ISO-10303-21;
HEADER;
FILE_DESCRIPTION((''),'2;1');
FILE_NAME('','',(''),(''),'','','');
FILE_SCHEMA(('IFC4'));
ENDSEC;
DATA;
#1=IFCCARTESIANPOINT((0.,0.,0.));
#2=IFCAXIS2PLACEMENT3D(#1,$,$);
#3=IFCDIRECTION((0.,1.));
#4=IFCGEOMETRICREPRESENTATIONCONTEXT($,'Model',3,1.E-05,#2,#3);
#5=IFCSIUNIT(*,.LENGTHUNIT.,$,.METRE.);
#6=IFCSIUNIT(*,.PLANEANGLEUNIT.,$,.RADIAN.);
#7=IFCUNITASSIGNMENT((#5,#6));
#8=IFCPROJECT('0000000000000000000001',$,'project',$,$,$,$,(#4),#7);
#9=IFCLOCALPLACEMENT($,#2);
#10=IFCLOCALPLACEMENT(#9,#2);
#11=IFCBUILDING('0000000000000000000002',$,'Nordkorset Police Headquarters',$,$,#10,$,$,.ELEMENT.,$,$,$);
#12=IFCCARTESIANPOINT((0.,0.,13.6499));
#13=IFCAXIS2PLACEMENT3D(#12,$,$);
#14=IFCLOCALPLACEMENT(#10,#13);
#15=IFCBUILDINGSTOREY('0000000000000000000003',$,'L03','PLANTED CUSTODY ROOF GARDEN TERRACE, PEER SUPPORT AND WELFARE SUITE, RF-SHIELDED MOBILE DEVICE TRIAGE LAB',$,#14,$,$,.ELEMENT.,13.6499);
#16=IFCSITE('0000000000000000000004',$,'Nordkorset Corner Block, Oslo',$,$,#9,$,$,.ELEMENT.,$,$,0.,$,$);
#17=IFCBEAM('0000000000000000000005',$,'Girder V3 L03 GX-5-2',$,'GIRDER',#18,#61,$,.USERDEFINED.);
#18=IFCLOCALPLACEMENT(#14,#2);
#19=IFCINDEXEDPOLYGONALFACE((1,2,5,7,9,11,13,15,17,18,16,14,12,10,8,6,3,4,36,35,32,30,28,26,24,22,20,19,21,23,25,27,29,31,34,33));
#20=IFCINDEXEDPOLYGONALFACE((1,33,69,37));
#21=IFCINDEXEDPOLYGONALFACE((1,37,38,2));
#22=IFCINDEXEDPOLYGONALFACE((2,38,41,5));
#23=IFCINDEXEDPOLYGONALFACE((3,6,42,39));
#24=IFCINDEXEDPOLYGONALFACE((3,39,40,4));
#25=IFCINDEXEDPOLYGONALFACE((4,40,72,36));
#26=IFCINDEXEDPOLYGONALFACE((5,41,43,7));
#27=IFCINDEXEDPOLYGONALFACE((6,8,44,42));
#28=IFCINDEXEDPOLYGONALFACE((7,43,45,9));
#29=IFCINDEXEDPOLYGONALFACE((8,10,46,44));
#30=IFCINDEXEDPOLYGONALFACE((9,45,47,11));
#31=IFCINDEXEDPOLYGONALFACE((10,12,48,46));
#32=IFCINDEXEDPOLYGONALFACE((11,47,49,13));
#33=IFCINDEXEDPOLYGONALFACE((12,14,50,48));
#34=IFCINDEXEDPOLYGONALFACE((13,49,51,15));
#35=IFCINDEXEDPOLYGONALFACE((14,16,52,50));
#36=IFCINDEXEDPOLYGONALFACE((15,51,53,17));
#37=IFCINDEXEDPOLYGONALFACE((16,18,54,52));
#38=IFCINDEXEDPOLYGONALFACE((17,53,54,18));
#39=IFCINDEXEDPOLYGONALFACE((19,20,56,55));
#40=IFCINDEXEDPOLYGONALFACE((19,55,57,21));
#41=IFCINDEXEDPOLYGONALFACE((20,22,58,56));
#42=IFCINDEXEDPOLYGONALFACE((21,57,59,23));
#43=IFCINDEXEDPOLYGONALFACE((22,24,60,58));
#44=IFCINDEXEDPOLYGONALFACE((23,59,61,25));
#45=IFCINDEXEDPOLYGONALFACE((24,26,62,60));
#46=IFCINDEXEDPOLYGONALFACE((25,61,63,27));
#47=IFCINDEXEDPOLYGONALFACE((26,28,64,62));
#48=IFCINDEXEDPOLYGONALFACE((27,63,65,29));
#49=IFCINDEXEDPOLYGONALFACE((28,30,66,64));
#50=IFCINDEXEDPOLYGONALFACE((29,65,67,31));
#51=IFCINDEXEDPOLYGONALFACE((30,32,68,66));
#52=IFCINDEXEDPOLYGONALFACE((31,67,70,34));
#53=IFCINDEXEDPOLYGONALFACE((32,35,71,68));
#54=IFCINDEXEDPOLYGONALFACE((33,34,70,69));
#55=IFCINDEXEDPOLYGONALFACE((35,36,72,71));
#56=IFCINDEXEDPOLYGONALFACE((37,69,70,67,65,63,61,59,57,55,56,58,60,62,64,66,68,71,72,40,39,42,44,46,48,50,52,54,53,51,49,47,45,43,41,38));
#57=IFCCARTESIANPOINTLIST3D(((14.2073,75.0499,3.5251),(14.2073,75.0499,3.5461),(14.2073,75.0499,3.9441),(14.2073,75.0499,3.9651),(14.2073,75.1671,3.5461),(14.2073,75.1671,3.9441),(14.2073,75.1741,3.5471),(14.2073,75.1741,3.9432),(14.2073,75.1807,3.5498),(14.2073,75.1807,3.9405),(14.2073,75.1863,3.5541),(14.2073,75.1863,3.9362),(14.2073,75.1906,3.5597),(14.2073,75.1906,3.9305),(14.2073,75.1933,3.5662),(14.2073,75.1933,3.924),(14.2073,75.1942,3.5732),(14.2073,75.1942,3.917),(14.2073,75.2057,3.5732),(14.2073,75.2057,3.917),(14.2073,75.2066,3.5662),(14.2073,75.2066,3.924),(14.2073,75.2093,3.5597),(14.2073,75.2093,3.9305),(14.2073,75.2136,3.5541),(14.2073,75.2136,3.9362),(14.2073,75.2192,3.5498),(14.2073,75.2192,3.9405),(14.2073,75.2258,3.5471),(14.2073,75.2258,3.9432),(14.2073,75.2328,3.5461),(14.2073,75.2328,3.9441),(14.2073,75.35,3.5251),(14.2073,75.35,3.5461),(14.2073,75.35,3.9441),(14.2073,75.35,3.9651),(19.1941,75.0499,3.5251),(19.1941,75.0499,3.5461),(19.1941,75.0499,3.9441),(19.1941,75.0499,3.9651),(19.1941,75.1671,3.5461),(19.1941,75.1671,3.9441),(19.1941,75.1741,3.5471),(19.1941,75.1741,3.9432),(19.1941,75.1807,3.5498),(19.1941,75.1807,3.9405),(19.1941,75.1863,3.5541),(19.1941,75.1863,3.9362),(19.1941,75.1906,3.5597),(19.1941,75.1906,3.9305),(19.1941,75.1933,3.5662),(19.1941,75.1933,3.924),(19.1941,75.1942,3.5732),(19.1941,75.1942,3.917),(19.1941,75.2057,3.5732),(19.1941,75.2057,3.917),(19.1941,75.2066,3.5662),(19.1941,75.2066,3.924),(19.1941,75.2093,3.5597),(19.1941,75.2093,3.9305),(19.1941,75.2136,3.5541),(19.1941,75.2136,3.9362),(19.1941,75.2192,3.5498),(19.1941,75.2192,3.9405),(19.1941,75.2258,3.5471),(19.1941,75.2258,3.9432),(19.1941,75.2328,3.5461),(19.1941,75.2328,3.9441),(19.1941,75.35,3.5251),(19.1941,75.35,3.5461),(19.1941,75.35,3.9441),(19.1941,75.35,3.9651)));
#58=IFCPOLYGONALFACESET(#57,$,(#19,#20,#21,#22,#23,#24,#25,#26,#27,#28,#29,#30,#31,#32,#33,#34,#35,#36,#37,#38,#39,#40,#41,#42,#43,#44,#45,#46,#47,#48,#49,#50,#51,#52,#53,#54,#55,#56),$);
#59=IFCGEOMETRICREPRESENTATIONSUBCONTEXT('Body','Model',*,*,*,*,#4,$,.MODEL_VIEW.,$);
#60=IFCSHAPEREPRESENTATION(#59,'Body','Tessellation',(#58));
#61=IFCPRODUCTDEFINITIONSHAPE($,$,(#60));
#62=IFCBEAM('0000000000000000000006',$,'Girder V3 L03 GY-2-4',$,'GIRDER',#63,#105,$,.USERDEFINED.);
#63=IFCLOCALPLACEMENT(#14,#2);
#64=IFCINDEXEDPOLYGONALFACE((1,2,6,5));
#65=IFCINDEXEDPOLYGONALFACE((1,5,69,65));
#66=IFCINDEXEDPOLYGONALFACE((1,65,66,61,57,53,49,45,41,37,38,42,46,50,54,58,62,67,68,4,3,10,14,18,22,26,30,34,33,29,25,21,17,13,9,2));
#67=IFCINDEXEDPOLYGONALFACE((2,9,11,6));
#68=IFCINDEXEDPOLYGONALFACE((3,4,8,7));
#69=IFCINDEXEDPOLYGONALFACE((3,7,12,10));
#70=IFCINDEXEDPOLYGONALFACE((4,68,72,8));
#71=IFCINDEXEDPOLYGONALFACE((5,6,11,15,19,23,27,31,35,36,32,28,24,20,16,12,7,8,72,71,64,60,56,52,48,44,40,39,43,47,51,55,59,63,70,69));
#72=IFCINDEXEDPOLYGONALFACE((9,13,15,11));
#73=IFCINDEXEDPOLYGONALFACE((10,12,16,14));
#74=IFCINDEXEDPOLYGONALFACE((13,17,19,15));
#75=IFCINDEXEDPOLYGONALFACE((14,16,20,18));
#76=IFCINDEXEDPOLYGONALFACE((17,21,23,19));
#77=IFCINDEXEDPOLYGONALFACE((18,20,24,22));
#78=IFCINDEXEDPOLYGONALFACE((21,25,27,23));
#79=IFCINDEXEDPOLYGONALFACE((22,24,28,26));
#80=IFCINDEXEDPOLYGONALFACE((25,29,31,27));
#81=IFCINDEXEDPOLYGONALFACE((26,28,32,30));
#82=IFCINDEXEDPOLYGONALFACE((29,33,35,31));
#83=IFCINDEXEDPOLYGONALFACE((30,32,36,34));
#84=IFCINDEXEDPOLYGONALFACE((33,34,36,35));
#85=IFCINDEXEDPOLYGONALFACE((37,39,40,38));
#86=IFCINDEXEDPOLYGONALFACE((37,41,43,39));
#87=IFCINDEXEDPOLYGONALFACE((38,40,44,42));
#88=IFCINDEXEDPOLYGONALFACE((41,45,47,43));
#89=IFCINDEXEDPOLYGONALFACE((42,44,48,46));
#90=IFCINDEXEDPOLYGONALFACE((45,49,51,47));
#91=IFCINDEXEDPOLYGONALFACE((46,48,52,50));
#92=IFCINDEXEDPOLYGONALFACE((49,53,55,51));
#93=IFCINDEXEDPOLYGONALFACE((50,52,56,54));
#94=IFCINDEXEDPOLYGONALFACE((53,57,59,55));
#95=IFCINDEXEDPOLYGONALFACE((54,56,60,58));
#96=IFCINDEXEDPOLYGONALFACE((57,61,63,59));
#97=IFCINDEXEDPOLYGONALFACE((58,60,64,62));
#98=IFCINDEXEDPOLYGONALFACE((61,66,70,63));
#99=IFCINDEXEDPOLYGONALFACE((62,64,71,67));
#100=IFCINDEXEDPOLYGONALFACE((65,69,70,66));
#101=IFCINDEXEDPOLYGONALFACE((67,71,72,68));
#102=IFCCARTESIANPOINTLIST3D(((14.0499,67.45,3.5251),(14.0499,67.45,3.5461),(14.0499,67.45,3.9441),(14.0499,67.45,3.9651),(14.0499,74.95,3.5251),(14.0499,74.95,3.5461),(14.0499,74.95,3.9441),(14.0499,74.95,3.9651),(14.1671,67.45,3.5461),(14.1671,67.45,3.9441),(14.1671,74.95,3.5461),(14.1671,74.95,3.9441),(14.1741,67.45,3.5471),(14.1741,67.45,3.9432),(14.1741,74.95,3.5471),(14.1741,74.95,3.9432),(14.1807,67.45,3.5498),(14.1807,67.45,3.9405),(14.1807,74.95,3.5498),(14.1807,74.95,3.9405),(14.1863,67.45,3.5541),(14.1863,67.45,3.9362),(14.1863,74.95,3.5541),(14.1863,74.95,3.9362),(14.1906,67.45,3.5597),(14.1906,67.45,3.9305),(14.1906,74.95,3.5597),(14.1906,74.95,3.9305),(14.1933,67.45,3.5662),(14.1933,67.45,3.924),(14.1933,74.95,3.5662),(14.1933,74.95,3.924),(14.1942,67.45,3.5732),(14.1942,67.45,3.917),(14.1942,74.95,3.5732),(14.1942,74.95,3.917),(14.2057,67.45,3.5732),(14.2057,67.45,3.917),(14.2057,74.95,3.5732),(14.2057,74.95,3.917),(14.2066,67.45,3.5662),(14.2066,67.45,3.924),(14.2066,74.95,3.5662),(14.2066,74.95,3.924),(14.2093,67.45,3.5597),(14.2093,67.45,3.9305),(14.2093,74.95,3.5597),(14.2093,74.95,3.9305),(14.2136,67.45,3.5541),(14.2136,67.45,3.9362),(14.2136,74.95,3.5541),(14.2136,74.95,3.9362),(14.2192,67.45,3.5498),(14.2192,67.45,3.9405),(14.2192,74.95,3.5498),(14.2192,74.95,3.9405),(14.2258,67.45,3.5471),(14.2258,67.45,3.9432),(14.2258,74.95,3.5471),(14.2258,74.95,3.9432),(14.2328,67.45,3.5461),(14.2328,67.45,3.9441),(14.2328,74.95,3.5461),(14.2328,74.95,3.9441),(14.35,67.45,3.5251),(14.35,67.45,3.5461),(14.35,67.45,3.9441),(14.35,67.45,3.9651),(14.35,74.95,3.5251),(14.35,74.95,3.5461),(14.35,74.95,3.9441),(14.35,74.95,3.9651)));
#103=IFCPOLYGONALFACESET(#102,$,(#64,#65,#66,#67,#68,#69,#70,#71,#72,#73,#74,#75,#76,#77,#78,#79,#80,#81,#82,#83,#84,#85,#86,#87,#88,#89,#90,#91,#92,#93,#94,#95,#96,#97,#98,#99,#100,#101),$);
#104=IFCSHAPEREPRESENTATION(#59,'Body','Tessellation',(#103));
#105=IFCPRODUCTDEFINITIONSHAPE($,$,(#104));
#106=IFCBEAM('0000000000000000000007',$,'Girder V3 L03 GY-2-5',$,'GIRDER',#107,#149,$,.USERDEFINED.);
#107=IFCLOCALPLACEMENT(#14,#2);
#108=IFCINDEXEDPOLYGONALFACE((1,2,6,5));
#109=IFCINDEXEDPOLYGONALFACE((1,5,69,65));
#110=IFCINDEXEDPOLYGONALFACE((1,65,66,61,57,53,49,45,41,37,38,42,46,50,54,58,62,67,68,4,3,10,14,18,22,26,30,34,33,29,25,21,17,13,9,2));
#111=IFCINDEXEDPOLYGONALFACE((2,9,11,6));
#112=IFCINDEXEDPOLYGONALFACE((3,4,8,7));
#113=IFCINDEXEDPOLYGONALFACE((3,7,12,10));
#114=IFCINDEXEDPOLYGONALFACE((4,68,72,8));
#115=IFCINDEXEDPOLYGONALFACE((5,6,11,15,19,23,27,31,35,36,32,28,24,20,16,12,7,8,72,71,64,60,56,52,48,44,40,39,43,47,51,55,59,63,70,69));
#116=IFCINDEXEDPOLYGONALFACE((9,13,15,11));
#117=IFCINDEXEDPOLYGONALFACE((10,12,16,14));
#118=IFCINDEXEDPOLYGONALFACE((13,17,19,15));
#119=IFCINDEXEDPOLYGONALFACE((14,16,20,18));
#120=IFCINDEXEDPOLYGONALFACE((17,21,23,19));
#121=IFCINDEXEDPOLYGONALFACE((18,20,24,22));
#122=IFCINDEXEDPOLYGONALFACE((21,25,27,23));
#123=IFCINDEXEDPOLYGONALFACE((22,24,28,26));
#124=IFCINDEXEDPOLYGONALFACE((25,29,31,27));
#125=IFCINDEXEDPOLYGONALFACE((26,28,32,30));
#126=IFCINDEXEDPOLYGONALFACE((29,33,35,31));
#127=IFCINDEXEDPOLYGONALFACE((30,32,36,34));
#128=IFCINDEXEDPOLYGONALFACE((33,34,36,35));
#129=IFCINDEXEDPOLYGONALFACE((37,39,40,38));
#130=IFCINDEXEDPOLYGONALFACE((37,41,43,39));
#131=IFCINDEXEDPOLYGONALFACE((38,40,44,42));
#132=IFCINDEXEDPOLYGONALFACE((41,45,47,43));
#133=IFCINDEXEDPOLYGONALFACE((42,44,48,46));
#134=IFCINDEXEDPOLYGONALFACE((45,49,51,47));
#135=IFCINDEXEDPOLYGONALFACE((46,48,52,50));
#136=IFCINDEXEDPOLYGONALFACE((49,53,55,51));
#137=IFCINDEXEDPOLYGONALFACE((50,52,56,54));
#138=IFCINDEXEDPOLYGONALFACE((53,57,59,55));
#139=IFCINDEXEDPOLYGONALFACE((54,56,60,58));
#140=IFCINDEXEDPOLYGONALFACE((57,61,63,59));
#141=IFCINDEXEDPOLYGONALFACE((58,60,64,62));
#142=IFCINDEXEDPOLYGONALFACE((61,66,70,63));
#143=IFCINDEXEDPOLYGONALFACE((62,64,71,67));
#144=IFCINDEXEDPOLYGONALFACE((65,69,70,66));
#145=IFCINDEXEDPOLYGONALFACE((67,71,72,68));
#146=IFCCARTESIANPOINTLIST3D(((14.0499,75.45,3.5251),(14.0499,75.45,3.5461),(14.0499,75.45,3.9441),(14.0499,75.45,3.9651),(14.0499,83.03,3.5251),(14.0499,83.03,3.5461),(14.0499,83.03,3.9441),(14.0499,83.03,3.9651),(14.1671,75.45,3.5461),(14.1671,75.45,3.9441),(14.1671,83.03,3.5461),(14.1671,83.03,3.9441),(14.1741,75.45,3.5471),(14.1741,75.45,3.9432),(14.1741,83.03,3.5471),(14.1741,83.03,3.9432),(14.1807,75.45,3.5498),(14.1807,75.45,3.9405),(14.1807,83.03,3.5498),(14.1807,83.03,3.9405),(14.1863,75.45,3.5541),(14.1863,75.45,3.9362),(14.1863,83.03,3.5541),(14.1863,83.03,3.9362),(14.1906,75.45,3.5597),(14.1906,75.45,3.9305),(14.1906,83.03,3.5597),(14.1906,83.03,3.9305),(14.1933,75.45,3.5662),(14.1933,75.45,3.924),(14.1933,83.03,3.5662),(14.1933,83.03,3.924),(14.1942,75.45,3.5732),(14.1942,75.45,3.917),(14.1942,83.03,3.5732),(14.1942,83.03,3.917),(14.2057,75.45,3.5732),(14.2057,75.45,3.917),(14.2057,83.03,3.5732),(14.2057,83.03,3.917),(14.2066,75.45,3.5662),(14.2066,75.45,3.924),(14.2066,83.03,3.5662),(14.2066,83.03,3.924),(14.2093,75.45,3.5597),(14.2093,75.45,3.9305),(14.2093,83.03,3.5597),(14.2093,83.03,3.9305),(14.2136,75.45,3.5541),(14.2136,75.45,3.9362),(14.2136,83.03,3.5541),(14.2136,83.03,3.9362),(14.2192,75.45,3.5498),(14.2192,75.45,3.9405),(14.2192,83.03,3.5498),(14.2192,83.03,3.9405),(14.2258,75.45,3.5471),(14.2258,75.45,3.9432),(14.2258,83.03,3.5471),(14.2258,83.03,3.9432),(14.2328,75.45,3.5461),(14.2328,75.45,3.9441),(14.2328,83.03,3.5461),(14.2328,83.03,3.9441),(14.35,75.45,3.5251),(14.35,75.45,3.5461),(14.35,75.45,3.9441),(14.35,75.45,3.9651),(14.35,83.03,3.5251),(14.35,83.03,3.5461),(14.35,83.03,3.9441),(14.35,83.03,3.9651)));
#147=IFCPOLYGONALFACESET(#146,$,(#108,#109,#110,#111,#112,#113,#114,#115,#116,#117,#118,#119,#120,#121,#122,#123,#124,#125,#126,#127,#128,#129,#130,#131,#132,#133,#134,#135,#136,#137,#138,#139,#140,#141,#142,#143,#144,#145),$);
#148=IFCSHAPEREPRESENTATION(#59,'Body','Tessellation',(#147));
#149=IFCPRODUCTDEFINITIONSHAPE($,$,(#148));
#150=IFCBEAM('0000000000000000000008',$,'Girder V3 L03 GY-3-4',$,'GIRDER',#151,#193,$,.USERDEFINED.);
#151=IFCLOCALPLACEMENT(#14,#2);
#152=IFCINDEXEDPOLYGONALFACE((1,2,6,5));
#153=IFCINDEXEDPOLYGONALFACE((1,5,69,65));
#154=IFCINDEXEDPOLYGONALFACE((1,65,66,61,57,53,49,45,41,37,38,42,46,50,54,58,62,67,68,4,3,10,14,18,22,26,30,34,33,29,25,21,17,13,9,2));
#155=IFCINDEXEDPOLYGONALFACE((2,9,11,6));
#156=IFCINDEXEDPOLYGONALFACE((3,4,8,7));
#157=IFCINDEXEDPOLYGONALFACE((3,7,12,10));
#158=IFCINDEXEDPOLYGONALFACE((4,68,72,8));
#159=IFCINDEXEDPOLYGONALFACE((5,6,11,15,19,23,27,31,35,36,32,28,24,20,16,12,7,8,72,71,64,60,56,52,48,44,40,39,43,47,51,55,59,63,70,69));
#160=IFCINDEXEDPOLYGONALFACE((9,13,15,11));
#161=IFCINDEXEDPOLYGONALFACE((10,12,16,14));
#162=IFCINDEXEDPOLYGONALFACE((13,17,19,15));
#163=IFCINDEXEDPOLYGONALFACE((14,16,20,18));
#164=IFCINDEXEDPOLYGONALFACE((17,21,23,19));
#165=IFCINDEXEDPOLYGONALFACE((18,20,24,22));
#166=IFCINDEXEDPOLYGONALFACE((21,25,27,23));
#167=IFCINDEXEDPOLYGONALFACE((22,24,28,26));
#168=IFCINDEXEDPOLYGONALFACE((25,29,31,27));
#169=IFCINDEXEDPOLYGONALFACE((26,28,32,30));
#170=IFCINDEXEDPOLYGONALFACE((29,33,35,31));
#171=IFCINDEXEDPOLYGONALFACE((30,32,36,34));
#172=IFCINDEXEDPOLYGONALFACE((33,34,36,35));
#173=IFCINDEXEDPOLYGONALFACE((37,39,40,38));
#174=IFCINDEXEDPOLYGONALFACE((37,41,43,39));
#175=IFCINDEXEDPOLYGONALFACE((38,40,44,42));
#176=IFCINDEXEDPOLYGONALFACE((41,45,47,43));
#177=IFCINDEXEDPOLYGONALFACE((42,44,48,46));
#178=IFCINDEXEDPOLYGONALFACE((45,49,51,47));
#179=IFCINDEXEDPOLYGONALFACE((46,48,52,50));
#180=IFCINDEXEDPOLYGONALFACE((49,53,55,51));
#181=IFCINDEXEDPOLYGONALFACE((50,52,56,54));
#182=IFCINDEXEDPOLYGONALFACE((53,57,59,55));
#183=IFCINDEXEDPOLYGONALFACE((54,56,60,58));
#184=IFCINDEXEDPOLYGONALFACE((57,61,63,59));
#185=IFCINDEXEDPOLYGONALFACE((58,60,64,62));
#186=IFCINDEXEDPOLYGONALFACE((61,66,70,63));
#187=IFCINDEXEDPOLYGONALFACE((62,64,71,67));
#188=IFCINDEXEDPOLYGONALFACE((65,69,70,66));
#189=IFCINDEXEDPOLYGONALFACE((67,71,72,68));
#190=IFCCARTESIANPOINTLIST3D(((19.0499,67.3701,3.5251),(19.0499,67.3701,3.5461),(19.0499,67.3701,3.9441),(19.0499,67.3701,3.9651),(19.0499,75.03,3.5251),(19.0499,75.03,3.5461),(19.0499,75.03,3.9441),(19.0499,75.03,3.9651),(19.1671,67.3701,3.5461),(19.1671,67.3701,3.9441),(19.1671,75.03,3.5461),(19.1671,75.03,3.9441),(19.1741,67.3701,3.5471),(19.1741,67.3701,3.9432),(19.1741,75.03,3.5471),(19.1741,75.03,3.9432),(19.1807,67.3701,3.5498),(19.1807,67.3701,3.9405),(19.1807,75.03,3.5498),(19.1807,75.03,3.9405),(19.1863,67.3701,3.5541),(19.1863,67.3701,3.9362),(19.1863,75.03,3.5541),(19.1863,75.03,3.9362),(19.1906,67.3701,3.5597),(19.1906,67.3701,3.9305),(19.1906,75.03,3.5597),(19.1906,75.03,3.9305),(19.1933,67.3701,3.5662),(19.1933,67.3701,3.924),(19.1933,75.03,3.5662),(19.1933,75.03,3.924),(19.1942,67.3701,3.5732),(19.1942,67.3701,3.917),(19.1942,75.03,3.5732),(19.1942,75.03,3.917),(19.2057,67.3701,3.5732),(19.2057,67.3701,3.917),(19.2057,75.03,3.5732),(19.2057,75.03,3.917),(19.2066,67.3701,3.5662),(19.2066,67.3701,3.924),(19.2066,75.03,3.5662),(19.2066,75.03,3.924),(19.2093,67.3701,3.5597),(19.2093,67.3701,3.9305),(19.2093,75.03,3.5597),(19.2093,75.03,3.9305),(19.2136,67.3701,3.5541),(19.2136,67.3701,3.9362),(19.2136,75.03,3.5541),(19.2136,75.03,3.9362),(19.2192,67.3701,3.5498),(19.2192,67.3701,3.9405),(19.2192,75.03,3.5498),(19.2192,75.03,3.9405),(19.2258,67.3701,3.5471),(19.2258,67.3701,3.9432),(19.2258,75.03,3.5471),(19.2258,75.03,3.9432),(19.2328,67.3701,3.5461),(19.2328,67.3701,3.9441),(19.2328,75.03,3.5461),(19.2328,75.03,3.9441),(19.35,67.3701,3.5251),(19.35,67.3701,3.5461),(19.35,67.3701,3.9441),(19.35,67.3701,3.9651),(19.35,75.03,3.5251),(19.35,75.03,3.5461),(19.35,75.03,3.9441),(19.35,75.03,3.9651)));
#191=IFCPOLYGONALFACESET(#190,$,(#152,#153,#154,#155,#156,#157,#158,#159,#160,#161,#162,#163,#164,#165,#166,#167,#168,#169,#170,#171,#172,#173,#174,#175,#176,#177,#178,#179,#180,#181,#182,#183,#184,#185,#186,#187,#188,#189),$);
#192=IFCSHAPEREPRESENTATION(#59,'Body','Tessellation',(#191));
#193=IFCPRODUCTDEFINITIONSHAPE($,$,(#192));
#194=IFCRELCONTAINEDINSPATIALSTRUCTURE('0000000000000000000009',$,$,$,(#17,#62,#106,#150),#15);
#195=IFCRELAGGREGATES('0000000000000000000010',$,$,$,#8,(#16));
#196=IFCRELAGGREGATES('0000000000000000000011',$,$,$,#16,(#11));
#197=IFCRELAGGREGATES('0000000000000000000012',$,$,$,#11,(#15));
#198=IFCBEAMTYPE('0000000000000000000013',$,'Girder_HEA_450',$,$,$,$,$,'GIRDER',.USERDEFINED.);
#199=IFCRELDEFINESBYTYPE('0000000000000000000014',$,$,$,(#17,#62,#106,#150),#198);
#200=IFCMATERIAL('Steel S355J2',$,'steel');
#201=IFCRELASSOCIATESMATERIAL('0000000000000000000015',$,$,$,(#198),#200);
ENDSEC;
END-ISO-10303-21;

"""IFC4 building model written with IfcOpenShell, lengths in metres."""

from ifc_helpers import new_model, si_unit, direction, frame, origin, origin_2d, place, context, subcontext, project, spatial, i_section, extrude, material, material_profile, profile_set, type_object, element, save


model = new_model("IFC4")

# Units and contexts
model_context = context("Model", 3, precision=1e-05, world=origin(), true_north=direction((0.0, 1.0)))
body_context = subcontext(model_context, "Body", "Model", "MODEL_VIEW")
ifc_project = project(units=[si_unit("LENGTHUNIT", "METRE"), si_unit("PLANEANGLEUNIT", "RADIAN")], contexts=[model_context])

# Site, building, storey
site_placement = place(None, origin())
site = spatial("IfcSite", under=ifc_project, at=site_placement, Name="Nordkorset Corner Block, Oslo", CompositionType="ELEMENT", RefElevation=0.0)
building_placement = place(site_placement, origin())
building = spatial("IfcBuilding", under=site, at=building_placement, Name="Nordkorset Police Headquarters", CompositionType="ELEMENT")
storey_placement = place(building_placement, frame((0.0, 0.0, 13.6499)))
storey = spatial("IfcBuildingStorey", under=building, at=storey_placement, Name="L03", Description="PLANTED CUSTODY ROOF GARDEN TERRACE, PEER SUPPORT AND WELFARE SUITE, RF-SHIELDED MOBILE DEVICE TRIAGE LAB", CompositionType="ELEMENT", Elevation=13.6499)

# Beams
ifc_material_1 = material(Name="Steel S355J2", Category="steel")
ifc_material_profile_1 = material_profile(ifc_material_1, i_section(OverallWidth=0.3, OverallDepth=0.4399, WebThickness=0.0115, FlangeThickness=0.021, FilletRadius=0.0271, at=origin_2d()), Name="HEA 450")
ifc_profile_set_1 = profile_set([ifc_material_profile_1], Name="Steel S355J2")
beam_type_1 = type_object("IfcBeamType", Name="Girder_HEA_450", ElementType="GIRDER", PredefinedType="USERDEFINED", material=ifc_profile_set_1)
beam_1_placement = place(storey_placement, frame((14.2073, 75.2, 3.7451), z_axis=(1.0, 0.0, 0.0), x_axis=(0.0, 1.0, 0.0)))
element("IfcBeam", 1, at=beam_1_placement, inside=storey, type_object=beam_type_1, Name="Girder V3 L03 GX-5-2", ObjectType="GIRDER", PredefinedType="USERDEFINED", context=body_context, shape_type="SweptSolid", body=[
    extrude(i_section(OverallWidth=0.3, OverallDepth=0.4399, WebThickness=0.0115, FlangeThickness=0.021, FilletRadius=0.0271, at=origin_2d()), origin(), (0.0, 0.0, 1.0), 4.9868),
])
beam_2_placement = place(storey_placement, frame((14.2, 67.45, 3.7451), z_axis=(0.0, 1.0, 0.0), x_axis=(-1.0, 0.0, 0.0)))
element("IfcBeam", 2, at=beam_2_placement, inside=storey, type_object=beam_type_1, Name="Girder V3 L03 GY-2-4", ObjectType="GIRDER", PredefinedType="USERDEFINED", context=body_context, shape_type="SweptSolid", body=[
    extrude(i_section(OverallWidth=0.3, OverallDepth=0.4399, WebThickness=0.0115, FlangeThickness=0.021, FilletRadius=0.0271, at=origin_2d()), origin(), (0.0, 0.0, 1.0), 7.5),
])
beam_3_placement = place(storey_placement, frame((14.2, 75.45, 3.7451), z_axis=(0.0, 1.0, 0.0), x_axis=(-1.0, 0.0, 0.0)))
element("IfcBeam", 3, at=beam_3_placement, inside=storey, type_object=beam_type_1, Name="Girder V3 L03 GY-2-5", ObjectType="GIRDER", PredefinedType="USERDEFINED", context=body_context, shape_type="SweptSolid", body=[
    extrude(i_section(OverallWidth=0.3, OverallDepth=0.4399, WebThickness=0.0115, FlangeThickness=0.021, FilletRadius=0.0271, at=origin_2d()), origin(), (0.0, 0.0, 1.0), 7.5801),
])
beam_4_placement = place(storey_placement, frame((19.2, 67.3701, 3.7451), z_axis=(0.0, 1.0, 0.0), x_axis=(-1.0, 0.0, 0.0)))
element("IfcBeam", 4, at=beam_4_placement, inside=storey, type_object=beam_type_1, Name="Girder V3 L03 GY-3-4", ObjectType="GIRDER", PredefinedType="USERDEFINED", context=body_context, shape_type="SweptSolid", body=[
    extrude(i_section(OverallWidth=0.3, OverallDepth=0.4399, WebThickness=0.0115, FlangeThickness=0.021, FilletRadius=0.0271, at=origin_2d()), origin(), (0.0, 0.0, 1.0), 7.6599),
])

save(model, "model.ifc")
